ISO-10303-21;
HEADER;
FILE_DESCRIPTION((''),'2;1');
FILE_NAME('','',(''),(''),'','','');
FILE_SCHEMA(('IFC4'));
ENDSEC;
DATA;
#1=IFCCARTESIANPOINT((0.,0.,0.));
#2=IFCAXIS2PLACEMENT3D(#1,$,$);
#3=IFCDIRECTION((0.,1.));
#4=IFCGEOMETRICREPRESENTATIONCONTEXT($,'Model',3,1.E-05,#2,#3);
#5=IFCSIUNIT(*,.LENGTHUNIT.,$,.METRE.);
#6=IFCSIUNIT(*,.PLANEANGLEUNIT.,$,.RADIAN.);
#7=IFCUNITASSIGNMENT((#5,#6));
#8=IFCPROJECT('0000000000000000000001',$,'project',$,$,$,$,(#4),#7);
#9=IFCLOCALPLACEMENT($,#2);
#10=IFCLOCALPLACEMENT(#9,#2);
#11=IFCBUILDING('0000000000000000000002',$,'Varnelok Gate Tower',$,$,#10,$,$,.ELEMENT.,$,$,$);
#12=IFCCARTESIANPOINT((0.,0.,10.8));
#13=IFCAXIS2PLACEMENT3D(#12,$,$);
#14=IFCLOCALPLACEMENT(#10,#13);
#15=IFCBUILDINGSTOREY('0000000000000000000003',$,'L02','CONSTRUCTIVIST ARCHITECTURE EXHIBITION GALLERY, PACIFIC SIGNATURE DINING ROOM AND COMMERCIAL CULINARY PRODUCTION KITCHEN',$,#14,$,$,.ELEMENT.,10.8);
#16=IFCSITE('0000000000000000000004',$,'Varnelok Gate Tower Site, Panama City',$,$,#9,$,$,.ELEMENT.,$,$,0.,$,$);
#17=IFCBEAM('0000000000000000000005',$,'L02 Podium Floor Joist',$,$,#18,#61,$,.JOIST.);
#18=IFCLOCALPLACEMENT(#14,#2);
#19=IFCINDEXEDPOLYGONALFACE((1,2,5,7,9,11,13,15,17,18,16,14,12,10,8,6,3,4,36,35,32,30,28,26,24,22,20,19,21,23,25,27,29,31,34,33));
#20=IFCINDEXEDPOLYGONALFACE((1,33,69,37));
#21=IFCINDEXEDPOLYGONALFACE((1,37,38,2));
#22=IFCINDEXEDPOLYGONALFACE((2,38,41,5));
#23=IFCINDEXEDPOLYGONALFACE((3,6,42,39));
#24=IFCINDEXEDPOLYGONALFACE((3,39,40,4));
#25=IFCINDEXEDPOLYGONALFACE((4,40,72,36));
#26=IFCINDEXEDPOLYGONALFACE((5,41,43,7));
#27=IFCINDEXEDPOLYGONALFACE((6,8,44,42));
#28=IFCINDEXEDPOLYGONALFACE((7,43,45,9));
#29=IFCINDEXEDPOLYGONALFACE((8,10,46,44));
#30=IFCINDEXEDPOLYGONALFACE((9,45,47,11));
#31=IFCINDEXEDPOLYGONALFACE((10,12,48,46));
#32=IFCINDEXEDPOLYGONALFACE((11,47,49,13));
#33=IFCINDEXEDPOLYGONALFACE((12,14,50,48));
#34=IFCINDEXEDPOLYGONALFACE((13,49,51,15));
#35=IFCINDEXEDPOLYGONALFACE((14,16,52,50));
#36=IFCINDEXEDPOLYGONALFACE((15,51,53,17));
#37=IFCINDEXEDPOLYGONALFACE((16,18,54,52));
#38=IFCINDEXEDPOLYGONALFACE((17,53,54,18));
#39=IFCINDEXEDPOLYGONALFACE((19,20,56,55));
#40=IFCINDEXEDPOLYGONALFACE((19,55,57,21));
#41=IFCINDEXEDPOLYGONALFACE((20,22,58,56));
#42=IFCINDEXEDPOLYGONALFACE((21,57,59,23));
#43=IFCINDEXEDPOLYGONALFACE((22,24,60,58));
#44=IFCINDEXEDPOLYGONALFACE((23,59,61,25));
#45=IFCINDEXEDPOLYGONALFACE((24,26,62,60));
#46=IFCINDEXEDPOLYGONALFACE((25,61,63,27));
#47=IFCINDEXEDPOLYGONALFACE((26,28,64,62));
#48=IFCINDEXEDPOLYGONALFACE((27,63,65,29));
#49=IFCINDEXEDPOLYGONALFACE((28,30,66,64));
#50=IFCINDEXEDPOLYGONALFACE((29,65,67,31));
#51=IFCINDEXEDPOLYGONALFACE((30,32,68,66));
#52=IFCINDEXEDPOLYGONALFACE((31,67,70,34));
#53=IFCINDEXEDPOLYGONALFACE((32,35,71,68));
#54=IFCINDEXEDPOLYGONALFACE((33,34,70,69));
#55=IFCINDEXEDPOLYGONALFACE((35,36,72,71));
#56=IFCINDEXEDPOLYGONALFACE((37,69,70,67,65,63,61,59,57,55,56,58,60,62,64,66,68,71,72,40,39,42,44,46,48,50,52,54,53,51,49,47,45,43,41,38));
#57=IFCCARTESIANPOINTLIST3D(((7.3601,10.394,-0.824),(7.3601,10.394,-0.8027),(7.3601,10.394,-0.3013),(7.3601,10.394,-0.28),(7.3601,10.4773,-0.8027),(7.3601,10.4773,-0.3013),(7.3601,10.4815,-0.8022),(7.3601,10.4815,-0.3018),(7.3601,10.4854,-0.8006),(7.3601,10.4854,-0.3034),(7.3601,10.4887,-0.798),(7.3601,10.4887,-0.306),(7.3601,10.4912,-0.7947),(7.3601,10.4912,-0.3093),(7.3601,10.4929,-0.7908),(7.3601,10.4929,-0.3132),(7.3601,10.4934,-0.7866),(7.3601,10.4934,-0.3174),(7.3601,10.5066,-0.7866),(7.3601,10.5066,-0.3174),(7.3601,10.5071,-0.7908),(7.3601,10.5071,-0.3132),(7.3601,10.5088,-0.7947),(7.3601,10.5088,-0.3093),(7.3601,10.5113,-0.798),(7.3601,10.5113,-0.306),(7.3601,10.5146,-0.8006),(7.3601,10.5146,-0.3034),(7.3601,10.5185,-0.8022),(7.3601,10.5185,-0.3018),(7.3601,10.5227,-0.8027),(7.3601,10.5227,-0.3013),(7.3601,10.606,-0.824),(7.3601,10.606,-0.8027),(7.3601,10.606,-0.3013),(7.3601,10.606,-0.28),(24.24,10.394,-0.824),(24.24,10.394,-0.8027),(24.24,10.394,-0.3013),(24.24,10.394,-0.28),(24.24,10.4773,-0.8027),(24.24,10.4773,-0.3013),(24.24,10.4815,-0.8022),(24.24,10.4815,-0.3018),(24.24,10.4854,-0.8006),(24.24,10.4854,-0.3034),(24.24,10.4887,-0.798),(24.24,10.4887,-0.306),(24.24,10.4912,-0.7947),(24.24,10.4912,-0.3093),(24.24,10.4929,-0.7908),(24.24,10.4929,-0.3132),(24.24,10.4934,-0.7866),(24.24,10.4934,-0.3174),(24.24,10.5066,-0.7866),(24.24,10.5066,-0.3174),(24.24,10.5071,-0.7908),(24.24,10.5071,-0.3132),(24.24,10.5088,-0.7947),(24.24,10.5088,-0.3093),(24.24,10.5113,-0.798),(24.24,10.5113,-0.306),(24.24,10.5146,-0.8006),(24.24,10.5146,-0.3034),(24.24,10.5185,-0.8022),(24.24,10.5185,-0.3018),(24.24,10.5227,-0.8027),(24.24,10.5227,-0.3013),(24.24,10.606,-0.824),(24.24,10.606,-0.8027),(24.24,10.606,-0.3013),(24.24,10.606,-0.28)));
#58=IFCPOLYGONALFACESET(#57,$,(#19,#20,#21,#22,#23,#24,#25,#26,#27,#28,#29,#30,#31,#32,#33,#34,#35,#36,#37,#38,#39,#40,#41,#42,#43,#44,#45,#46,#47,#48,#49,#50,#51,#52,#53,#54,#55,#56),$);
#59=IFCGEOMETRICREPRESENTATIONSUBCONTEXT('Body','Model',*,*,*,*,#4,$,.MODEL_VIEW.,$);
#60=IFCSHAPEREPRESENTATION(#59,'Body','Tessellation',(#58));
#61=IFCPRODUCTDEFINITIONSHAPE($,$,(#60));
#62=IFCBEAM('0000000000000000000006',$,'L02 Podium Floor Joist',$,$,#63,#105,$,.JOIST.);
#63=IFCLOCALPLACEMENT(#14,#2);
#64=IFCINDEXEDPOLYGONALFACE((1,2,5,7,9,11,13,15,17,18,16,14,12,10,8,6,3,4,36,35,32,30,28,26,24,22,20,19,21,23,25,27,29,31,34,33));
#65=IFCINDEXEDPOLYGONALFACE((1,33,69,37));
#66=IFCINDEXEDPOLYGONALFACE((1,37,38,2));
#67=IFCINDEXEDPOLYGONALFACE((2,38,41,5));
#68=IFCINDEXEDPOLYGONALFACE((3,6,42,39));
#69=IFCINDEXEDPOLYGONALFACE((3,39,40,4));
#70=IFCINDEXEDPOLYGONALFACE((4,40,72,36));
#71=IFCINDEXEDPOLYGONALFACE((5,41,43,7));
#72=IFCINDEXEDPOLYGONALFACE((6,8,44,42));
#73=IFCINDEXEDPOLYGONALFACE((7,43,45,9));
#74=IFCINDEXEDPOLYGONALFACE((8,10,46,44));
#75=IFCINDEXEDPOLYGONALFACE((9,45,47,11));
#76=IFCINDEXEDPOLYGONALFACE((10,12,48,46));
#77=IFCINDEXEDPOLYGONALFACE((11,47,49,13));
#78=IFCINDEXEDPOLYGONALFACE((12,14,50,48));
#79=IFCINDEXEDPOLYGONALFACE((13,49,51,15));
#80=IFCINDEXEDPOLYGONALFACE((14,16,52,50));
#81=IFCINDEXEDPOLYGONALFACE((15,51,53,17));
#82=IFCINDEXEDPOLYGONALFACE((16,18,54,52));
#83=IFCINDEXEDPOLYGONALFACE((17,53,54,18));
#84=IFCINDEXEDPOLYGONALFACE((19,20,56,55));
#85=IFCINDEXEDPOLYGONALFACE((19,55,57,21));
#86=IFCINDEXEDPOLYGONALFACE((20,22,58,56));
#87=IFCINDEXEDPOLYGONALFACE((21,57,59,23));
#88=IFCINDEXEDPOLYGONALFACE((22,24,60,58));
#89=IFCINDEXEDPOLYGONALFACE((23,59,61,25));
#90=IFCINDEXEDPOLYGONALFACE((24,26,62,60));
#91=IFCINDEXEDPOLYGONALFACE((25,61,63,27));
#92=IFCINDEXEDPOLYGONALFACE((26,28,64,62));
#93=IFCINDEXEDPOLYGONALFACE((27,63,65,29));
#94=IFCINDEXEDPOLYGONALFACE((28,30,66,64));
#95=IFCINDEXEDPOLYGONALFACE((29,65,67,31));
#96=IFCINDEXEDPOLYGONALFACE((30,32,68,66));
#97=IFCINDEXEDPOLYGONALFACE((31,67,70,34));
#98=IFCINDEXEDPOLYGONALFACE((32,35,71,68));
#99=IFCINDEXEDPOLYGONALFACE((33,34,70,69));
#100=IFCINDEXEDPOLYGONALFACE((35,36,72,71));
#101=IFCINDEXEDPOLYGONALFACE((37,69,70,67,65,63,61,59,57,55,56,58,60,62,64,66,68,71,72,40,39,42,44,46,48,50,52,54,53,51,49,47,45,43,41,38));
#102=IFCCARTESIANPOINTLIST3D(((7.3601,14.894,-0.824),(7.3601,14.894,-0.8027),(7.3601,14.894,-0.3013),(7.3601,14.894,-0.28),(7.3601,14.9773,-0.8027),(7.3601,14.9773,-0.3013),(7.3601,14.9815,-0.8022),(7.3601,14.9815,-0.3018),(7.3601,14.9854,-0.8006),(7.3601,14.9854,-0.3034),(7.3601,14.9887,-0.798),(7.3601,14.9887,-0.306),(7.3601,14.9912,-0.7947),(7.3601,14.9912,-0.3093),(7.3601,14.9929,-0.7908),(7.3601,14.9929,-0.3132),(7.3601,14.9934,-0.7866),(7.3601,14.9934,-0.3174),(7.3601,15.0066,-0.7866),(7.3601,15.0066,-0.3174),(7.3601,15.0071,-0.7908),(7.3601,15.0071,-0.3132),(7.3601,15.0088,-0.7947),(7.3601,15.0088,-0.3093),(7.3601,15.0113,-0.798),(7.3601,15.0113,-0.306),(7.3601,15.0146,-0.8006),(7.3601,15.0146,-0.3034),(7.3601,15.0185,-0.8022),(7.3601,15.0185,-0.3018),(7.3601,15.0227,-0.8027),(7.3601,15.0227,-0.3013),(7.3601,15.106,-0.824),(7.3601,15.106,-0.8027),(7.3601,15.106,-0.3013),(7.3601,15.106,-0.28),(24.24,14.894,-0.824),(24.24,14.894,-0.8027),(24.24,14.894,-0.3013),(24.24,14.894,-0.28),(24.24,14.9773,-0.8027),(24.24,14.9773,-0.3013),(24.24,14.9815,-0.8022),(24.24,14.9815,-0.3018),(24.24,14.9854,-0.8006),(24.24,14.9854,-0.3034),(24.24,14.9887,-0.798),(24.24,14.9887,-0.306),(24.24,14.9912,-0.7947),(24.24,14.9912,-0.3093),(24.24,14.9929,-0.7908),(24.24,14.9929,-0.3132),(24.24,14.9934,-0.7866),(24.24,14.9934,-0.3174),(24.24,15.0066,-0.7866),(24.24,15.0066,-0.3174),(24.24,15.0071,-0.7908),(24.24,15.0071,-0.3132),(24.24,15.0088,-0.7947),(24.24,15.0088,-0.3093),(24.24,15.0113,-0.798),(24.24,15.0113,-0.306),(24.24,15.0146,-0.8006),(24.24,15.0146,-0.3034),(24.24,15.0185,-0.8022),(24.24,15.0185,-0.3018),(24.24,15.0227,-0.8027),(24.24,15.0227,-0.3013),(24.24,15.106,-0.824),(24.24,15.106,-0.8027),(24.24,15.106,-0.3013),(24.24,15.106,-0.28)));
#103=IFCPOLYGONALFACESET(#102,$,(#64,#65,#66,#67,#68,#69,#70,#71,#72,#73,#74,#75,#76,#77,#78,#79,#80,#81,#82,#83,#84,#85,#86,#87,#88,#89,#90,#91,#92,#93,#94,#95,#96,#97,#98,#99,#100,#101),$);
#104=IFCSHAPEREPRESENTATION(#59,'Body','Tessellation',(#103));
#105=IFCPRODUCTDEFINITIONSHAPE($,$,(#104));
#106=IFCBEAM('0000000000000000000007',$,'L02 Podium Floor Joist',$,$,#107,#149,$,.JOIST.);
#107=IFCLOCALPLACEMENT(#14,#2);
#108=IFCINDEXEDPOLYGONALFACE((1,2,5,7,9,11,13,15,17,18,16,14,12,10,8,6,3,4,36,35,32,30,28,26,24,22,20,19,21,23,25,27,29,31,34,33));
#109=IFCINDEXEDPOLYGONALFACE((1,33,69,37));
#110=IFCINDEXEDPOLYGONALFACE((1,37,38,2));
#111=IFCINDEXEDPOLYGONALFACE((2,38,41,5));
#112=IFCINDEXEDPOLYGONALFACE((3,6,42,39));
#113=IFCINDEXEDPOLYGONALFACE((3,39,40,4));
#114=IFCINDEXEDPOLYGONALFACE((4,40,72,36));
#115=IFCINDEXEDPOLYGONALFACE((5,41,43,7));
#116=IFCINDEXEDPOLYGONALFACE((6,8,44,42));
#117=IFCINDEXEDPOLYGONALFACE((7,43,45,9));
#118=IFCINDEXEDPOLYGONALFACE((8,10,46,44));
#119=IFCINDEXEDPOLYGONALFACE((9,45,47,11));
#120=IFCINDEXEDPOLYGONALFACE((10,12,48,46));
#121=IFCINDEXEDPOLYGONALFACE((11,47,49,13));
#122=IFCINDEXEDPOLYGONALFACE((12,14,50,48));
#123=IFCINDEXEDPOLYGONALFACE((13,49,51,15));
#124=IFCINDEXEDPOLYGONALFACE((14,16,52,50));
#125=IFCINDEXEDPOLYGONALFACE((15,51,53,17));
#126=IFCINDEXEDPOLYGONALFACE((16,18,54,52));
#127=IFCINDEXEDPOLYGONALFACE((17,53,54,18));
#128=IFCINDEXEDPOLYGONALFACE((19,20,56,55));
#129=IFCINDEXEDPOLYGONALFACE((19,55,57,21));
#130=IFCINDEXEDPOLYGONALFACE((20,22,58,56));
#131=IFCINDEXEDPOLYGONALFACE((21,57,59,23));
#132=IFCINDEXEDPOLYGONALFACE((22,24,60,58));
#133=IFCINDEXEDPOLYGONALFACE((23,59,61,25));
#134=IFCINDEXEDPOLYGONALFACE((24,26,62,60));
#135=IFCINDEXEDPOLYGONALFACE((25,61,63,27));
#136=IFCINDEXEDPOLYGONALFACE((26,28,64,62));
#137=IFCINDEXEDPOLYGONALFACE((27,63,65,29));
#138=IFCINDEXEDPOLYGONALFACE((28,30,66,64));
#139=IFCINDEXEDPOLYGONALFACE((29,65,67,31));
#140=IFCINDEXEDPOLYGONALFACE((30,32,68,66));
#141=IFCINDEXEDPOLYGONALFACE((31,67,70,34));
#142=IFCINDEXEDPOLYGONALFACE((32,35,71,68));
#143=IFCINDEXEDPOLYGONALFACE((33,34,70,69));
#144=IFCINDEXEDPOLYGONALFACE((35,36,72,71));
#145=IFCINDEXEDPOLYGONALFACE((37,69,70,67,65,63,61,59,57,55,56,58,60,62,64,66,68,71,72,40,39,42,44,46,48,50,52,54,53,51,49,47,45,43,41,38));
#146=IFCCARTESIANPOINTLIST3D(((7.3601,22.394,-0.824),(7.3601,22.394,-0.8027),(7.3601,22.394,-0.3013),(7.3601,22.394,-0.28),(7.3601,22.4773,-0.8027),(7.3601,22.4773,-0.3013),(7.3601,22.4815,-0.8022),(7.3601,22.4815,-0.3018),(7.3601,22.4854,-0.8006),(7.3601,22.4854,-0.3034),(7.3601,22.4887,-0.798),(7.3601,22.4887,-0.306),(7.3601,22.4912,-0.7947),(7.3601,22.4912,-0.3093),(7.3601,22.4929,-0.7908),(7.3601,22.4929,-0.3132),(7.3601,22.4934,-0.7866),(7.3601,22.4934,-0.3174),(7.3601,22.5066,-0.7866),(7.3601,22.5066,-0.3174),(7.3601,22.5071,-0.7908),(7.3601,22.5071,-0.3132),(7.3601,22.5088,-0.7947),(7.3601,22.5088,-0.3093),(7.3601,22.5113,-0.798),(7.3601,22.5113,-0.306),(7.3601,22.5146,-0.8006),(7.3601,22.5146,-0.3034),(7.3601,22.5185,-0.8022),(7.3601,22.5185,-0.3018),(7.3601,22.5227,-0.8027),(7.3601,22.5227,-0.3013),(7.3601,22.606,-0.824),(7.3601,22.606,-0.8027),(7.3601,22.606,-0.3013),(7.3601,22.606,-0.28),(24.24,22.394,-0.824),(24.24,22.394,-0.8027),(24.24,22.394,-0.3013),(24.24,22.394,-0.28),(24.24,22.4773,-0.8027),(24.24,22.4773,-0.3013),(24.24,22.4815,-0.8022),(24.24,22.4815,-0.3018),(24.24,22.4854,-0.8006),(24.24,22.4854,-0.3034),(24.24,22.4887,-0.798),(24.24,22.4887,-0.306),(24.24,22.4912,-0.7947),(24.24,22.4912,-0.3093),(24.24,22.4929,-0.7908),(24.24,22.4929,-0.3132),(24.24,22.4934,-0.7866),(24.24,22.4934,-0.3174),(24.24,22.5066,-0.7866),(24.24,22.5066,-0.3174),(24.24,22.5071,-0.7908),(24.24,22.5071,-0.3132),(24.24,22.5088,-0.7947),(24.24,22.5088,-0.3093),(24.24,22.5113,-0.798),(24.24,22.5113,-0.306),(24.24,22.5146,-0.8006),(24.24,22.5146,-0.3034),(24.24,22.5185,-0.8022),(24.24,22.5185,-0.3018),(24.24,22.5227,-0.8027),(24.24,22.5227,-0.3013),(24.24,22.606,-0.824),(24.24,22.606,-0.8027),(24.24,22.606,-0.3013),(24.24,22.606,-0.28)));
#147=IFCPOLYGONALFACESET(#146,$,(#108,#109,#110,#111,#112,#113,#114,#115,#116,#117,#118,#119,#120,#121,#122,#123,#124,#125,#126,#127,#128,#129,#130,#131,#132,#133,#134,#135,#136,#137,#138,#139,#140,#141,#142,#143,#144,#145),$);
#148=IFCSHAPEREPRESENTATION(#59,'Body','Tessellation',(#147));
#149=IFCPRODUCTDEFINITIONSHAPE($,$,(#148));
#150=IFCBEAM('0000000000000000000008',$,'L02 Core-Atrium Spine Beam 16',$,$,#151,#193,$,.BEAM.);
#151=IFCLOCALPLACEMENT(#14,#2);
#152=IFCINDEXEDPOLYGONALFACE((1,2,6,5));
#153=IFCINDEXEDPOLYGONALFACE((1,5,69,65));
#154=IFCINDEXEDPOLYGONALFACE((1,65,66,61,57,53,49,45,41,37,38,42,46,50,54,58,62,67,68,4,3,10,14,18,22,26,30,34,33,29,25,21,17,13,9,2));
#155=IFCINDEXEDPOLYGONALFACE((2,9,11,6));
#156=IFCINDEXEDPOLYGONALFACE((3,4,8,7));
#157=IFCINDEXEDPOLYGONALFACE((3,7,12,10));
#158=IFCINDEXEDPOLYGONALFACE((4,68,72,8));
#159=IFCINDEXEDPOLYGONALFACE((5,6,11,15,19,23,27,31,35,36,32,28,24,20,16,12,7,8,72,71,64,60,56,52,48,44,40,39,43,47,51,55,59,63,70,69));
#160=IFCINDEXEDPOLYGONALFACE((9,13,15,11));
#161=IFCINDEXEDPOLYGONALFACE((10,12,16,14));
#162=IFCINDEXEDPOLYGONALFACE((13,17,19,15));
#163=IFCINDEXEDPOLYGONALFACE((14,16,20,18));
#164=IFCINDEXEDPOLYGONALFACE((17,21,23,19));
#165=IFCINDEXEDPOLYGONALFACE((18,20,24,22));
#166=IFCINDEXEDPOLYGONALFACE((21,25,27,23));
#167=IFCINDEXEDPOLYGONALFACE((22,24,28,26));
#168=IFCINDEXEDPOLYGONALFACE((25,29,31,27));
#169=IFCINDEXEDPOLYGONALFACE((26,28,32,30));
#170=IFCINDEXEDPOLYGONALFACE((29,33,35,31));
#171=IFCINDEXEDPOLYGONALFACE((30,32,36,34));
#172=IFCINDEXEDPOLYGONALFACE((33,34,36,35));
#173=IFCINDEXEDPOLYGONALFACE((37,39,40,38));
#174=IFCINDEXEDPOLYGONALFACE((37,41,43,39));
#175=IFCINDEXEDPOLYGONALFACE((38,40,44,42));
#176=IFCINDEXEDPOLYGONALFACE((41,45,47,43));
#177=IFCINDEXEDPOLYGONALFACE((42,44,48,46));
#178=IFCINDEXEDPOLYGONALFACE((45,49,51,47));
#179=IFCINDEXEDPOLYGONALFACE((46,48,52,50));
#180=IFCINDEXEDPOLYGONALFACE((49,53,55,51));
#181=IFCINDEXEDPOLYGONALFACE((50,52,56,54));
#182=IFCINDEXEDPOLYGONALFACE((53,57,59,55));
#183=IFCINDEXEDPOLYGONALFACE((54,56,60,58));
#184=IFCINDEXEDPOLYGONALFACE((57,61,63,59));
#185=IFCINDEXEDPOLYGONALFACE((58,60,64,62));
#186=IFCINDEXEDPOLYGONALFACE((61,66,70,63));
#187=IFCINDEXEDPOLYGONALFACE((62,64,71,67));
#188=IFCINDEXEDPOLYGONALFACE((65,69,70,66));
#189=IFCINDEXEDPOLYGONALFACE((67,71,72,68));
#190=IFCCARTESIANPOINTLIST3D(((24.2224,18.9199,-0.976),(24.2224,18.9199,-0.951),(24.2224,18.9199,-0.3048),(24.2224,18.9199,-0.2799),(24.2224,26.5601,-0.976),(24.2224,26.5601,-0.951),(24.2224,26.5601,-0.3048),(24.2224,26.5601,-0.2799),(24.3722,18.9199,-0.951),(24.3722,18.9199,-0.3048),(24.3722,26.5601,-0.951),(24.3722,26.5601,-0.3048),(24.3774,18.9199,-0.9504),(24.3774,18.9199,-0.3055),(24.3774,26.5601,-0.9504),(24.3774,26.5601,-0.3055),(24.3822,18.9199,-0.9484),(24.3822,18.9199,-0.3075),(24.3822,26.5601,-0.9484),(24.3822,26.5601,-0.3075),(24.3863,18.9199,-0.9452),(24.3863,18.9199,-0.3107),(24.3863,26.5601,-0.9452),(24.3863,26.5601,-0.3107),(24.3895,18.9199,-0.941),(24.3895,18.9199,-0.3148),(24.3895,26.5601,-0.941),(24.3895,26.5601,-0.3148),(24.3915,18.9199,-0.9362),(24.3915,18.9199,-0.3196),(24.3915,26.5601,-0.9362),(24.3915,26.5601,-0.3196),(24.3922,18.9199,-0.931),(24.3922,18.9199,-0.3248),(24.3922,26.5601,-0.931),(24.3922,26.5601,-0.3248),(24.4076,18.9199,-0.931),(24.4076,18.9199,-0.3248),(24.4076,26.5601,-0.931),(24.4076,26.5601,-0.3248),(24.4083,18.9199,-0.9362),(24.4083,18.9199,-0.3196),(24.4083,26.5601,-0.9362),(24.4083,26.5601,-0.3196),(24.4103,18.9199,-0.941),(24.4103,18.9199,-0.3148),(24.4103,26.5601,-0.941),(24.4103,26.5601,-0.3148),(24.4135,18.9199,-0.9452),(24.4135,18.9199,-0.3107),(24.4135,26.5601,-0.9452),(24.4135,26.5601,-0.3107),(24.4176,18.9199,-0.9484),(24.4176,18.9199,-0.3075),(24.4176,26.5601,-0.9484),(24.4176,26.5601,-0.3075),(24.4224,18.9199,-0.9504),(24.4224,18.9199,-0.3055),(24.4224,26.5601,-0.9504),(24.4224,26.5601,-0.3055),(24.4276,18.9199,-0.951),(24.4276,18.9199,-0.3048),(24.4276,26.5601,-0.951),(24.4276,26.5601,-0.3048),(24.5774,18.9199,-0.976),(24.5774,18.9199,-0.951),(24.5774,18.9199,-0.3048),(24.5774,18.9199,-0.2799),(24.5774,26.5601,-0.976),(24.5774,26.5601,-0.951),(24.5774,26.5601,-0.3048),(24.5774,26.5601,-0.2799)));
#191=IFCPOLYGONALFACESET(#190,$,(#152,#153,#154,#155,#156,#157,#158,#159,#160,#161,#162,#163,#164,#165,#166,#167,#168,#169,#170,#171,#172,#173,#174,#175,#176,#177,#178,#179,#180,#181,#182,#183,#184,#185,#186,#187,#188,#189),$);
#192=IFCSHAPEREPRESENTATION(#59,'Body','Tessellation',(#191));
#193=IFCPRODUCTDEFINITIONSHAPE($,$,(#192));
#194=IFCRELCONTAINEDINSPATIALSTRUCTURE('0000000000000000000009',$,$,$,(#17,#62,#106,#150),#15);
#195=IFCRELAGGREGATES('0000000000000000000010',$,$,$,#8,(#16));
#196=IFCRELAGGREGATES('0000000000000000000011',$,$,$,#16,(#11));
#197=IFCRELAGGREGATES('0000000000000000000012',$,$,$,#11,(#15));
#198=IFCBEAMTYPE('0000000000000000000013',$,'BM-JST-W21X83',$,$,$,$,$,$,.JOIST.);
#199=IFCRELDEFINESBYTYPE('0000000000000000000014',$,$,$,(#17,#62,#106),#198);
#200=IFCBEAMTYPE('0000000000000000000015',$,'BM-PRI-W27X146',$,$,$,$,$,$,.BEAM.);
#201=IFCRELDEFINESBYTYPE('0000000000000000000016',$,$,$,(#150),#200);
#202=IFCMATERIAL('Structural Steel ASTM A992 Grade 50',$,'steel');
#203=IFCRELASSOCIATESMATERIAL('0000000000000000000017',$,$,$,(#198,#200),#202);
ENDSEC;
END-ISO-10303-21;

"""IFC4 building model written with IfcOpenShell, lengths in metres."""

from ifc_helpers import new_model, si_unit, direction, frame, origin, origin_2d, place, context, subcontext, project, spatial, i_section, extrude, material, material_profile, profile_set, type_object, element, save


model = new_model("IFC4")

# Units and contexts
model_context = context("Model", 3, precision=1e-05, world=origin(), true_north=direction((0.0, 1.0)))
body_context = subcontext(model_context, "Body", "Model", "MODEL_VIEW")
ifc_project = project(units=[si_unit("LENGTHUNIT", "METRE"), si_unit("PLANEANGLEUNIT", "RADIAN")], contexts=[model_context])

# Site, building, storey
site_placement = place(None, origin())
site = spatial("IfcSite", under=ifc_project, at=site_placement, Name="Varnelok Gate Tower Site, Panama City", CompositionType="ELEMENT", RefElevation=0.0)
building_placement = place(site_placement, origin())
building = spatial("IfcBuilding", under=site, at=building_placement, Name="Varnelok Gate Tower", CompositionType="ELEMENT")
storey_placement = place(building_placement, frame((0.0, 0.0, 10.8)))
storey = spatial("IfcBuildingStorey", under=building, at=storey_placement, Name="L02", Description="CONSTRUCTIVIST ARCHITECTURE EXHIBITION GALLERY, PACIFIC SIGNATURE DINING ROOM AND COMMERCIAL CULINARY PRODUCTION KITCHEN", CompositionType="ELEMENT", Elevation=10.8)

# Beams
ifc_material_1 = material(Name="Structural Steel ASTM A992 Grade 50", Category="steel")
ifc_material_profile_1 = material_profile(ifc_material_1, i_section(OverallWidth=0.2119, OverallDepth=0.5439, WebThickness=0.0132, FlangeThickness=0.0212, FilletRadius=0.0161, at=origin_2d()), Name="W21X83")
ifc_profile_set_1 = profile_set([ifc_material_profile_1], Name="Structural Steel ASTM A992 Grade 50")
beam_type_1 = type_object("IfcBeamType", Name="BM-JST-W21X83", PredefinedType="JOIST", material=ifc_profile_set_1)
for number, where, z_axis, x_axis, name in (
    (1, (7.3601, 10.5, -0.552), (1.0, 0.0, 0.0), (0.0, 1.0, 0.0), "L02 Podium Floor Joist"),
    (2, (7.3601, 15.0, -0.552), (1.0, 0.0, 0.0), (0.0, 1.0, 0.0), "L02 Podium Floor Joist"),
    (3, (7.3601, 22.5, -0.552), (1.0, 0.0, 0.0), (0.0, 1.0, 0.0), "L02 Podium Floor Joist"),
):
    element("IfcBeam", number, at=place(storey_placement, frame(where, z_axis=z_axis, x_axis=x_axis)), inside=storey, type_object=beam_type_1, Name=name, PredefinedType="JOIST", context=body_context, shape_type="SweptSolid", body=[
        extrude(i_section(OverallWidth=0.2119, OverallDepth=0.5439, WebThickness=0.0132, FlangeThickness=0.0212, FilletRadius=0.0161, at=origin_2d()), origin(), (0.0, 0.0, 1.0), 16.8799),
    ])
ifc_material_profile_2 = material_profile(ifc_material_1, i_section(OverallWidth=0.355, OverallDepth=0.696, WebThickness=0.0154, FlangeThickness=0.0249, FilletRadius=0.02, at=origin_2d()), Name="W27X146")
ifc_profile_set_2 = profile_set([ifc_material_profile_2], Name="Structural Steel ASTM A992 Grade 50")
beam_type_2 = type_object("IfcBeamType", Name="BM-PRI-W27X146", PredefinedType="BEAM", material=ifc_profile_set_2)
beam_1_placement = place(storey_placement, frame((24.3999, 18.9199, -0.6279), z_axis=(0.0, 1.0, 0.0), x_axis=(-1.0, 0.0, 0.0)))
element("IfcBeam", 4, at=beam_1_placement, inside=storey, type_object=beam_type_2, Name="L02 Core-Atrium Spine Beam 16", PredefinedType="BEAM", context=body_context, shape_type="SweptSolid", body=[
    extrude(i_section(OverallWidth=0.355, OverallDepth=0.696, WebThickness=0.0154, FlangeThickness=0.0249, FilletRadius=0.02, at=origin_2d()), origin(), (0.0, 0.0, 1.0), 7.6401),
])

save(model, "model.ifc")
